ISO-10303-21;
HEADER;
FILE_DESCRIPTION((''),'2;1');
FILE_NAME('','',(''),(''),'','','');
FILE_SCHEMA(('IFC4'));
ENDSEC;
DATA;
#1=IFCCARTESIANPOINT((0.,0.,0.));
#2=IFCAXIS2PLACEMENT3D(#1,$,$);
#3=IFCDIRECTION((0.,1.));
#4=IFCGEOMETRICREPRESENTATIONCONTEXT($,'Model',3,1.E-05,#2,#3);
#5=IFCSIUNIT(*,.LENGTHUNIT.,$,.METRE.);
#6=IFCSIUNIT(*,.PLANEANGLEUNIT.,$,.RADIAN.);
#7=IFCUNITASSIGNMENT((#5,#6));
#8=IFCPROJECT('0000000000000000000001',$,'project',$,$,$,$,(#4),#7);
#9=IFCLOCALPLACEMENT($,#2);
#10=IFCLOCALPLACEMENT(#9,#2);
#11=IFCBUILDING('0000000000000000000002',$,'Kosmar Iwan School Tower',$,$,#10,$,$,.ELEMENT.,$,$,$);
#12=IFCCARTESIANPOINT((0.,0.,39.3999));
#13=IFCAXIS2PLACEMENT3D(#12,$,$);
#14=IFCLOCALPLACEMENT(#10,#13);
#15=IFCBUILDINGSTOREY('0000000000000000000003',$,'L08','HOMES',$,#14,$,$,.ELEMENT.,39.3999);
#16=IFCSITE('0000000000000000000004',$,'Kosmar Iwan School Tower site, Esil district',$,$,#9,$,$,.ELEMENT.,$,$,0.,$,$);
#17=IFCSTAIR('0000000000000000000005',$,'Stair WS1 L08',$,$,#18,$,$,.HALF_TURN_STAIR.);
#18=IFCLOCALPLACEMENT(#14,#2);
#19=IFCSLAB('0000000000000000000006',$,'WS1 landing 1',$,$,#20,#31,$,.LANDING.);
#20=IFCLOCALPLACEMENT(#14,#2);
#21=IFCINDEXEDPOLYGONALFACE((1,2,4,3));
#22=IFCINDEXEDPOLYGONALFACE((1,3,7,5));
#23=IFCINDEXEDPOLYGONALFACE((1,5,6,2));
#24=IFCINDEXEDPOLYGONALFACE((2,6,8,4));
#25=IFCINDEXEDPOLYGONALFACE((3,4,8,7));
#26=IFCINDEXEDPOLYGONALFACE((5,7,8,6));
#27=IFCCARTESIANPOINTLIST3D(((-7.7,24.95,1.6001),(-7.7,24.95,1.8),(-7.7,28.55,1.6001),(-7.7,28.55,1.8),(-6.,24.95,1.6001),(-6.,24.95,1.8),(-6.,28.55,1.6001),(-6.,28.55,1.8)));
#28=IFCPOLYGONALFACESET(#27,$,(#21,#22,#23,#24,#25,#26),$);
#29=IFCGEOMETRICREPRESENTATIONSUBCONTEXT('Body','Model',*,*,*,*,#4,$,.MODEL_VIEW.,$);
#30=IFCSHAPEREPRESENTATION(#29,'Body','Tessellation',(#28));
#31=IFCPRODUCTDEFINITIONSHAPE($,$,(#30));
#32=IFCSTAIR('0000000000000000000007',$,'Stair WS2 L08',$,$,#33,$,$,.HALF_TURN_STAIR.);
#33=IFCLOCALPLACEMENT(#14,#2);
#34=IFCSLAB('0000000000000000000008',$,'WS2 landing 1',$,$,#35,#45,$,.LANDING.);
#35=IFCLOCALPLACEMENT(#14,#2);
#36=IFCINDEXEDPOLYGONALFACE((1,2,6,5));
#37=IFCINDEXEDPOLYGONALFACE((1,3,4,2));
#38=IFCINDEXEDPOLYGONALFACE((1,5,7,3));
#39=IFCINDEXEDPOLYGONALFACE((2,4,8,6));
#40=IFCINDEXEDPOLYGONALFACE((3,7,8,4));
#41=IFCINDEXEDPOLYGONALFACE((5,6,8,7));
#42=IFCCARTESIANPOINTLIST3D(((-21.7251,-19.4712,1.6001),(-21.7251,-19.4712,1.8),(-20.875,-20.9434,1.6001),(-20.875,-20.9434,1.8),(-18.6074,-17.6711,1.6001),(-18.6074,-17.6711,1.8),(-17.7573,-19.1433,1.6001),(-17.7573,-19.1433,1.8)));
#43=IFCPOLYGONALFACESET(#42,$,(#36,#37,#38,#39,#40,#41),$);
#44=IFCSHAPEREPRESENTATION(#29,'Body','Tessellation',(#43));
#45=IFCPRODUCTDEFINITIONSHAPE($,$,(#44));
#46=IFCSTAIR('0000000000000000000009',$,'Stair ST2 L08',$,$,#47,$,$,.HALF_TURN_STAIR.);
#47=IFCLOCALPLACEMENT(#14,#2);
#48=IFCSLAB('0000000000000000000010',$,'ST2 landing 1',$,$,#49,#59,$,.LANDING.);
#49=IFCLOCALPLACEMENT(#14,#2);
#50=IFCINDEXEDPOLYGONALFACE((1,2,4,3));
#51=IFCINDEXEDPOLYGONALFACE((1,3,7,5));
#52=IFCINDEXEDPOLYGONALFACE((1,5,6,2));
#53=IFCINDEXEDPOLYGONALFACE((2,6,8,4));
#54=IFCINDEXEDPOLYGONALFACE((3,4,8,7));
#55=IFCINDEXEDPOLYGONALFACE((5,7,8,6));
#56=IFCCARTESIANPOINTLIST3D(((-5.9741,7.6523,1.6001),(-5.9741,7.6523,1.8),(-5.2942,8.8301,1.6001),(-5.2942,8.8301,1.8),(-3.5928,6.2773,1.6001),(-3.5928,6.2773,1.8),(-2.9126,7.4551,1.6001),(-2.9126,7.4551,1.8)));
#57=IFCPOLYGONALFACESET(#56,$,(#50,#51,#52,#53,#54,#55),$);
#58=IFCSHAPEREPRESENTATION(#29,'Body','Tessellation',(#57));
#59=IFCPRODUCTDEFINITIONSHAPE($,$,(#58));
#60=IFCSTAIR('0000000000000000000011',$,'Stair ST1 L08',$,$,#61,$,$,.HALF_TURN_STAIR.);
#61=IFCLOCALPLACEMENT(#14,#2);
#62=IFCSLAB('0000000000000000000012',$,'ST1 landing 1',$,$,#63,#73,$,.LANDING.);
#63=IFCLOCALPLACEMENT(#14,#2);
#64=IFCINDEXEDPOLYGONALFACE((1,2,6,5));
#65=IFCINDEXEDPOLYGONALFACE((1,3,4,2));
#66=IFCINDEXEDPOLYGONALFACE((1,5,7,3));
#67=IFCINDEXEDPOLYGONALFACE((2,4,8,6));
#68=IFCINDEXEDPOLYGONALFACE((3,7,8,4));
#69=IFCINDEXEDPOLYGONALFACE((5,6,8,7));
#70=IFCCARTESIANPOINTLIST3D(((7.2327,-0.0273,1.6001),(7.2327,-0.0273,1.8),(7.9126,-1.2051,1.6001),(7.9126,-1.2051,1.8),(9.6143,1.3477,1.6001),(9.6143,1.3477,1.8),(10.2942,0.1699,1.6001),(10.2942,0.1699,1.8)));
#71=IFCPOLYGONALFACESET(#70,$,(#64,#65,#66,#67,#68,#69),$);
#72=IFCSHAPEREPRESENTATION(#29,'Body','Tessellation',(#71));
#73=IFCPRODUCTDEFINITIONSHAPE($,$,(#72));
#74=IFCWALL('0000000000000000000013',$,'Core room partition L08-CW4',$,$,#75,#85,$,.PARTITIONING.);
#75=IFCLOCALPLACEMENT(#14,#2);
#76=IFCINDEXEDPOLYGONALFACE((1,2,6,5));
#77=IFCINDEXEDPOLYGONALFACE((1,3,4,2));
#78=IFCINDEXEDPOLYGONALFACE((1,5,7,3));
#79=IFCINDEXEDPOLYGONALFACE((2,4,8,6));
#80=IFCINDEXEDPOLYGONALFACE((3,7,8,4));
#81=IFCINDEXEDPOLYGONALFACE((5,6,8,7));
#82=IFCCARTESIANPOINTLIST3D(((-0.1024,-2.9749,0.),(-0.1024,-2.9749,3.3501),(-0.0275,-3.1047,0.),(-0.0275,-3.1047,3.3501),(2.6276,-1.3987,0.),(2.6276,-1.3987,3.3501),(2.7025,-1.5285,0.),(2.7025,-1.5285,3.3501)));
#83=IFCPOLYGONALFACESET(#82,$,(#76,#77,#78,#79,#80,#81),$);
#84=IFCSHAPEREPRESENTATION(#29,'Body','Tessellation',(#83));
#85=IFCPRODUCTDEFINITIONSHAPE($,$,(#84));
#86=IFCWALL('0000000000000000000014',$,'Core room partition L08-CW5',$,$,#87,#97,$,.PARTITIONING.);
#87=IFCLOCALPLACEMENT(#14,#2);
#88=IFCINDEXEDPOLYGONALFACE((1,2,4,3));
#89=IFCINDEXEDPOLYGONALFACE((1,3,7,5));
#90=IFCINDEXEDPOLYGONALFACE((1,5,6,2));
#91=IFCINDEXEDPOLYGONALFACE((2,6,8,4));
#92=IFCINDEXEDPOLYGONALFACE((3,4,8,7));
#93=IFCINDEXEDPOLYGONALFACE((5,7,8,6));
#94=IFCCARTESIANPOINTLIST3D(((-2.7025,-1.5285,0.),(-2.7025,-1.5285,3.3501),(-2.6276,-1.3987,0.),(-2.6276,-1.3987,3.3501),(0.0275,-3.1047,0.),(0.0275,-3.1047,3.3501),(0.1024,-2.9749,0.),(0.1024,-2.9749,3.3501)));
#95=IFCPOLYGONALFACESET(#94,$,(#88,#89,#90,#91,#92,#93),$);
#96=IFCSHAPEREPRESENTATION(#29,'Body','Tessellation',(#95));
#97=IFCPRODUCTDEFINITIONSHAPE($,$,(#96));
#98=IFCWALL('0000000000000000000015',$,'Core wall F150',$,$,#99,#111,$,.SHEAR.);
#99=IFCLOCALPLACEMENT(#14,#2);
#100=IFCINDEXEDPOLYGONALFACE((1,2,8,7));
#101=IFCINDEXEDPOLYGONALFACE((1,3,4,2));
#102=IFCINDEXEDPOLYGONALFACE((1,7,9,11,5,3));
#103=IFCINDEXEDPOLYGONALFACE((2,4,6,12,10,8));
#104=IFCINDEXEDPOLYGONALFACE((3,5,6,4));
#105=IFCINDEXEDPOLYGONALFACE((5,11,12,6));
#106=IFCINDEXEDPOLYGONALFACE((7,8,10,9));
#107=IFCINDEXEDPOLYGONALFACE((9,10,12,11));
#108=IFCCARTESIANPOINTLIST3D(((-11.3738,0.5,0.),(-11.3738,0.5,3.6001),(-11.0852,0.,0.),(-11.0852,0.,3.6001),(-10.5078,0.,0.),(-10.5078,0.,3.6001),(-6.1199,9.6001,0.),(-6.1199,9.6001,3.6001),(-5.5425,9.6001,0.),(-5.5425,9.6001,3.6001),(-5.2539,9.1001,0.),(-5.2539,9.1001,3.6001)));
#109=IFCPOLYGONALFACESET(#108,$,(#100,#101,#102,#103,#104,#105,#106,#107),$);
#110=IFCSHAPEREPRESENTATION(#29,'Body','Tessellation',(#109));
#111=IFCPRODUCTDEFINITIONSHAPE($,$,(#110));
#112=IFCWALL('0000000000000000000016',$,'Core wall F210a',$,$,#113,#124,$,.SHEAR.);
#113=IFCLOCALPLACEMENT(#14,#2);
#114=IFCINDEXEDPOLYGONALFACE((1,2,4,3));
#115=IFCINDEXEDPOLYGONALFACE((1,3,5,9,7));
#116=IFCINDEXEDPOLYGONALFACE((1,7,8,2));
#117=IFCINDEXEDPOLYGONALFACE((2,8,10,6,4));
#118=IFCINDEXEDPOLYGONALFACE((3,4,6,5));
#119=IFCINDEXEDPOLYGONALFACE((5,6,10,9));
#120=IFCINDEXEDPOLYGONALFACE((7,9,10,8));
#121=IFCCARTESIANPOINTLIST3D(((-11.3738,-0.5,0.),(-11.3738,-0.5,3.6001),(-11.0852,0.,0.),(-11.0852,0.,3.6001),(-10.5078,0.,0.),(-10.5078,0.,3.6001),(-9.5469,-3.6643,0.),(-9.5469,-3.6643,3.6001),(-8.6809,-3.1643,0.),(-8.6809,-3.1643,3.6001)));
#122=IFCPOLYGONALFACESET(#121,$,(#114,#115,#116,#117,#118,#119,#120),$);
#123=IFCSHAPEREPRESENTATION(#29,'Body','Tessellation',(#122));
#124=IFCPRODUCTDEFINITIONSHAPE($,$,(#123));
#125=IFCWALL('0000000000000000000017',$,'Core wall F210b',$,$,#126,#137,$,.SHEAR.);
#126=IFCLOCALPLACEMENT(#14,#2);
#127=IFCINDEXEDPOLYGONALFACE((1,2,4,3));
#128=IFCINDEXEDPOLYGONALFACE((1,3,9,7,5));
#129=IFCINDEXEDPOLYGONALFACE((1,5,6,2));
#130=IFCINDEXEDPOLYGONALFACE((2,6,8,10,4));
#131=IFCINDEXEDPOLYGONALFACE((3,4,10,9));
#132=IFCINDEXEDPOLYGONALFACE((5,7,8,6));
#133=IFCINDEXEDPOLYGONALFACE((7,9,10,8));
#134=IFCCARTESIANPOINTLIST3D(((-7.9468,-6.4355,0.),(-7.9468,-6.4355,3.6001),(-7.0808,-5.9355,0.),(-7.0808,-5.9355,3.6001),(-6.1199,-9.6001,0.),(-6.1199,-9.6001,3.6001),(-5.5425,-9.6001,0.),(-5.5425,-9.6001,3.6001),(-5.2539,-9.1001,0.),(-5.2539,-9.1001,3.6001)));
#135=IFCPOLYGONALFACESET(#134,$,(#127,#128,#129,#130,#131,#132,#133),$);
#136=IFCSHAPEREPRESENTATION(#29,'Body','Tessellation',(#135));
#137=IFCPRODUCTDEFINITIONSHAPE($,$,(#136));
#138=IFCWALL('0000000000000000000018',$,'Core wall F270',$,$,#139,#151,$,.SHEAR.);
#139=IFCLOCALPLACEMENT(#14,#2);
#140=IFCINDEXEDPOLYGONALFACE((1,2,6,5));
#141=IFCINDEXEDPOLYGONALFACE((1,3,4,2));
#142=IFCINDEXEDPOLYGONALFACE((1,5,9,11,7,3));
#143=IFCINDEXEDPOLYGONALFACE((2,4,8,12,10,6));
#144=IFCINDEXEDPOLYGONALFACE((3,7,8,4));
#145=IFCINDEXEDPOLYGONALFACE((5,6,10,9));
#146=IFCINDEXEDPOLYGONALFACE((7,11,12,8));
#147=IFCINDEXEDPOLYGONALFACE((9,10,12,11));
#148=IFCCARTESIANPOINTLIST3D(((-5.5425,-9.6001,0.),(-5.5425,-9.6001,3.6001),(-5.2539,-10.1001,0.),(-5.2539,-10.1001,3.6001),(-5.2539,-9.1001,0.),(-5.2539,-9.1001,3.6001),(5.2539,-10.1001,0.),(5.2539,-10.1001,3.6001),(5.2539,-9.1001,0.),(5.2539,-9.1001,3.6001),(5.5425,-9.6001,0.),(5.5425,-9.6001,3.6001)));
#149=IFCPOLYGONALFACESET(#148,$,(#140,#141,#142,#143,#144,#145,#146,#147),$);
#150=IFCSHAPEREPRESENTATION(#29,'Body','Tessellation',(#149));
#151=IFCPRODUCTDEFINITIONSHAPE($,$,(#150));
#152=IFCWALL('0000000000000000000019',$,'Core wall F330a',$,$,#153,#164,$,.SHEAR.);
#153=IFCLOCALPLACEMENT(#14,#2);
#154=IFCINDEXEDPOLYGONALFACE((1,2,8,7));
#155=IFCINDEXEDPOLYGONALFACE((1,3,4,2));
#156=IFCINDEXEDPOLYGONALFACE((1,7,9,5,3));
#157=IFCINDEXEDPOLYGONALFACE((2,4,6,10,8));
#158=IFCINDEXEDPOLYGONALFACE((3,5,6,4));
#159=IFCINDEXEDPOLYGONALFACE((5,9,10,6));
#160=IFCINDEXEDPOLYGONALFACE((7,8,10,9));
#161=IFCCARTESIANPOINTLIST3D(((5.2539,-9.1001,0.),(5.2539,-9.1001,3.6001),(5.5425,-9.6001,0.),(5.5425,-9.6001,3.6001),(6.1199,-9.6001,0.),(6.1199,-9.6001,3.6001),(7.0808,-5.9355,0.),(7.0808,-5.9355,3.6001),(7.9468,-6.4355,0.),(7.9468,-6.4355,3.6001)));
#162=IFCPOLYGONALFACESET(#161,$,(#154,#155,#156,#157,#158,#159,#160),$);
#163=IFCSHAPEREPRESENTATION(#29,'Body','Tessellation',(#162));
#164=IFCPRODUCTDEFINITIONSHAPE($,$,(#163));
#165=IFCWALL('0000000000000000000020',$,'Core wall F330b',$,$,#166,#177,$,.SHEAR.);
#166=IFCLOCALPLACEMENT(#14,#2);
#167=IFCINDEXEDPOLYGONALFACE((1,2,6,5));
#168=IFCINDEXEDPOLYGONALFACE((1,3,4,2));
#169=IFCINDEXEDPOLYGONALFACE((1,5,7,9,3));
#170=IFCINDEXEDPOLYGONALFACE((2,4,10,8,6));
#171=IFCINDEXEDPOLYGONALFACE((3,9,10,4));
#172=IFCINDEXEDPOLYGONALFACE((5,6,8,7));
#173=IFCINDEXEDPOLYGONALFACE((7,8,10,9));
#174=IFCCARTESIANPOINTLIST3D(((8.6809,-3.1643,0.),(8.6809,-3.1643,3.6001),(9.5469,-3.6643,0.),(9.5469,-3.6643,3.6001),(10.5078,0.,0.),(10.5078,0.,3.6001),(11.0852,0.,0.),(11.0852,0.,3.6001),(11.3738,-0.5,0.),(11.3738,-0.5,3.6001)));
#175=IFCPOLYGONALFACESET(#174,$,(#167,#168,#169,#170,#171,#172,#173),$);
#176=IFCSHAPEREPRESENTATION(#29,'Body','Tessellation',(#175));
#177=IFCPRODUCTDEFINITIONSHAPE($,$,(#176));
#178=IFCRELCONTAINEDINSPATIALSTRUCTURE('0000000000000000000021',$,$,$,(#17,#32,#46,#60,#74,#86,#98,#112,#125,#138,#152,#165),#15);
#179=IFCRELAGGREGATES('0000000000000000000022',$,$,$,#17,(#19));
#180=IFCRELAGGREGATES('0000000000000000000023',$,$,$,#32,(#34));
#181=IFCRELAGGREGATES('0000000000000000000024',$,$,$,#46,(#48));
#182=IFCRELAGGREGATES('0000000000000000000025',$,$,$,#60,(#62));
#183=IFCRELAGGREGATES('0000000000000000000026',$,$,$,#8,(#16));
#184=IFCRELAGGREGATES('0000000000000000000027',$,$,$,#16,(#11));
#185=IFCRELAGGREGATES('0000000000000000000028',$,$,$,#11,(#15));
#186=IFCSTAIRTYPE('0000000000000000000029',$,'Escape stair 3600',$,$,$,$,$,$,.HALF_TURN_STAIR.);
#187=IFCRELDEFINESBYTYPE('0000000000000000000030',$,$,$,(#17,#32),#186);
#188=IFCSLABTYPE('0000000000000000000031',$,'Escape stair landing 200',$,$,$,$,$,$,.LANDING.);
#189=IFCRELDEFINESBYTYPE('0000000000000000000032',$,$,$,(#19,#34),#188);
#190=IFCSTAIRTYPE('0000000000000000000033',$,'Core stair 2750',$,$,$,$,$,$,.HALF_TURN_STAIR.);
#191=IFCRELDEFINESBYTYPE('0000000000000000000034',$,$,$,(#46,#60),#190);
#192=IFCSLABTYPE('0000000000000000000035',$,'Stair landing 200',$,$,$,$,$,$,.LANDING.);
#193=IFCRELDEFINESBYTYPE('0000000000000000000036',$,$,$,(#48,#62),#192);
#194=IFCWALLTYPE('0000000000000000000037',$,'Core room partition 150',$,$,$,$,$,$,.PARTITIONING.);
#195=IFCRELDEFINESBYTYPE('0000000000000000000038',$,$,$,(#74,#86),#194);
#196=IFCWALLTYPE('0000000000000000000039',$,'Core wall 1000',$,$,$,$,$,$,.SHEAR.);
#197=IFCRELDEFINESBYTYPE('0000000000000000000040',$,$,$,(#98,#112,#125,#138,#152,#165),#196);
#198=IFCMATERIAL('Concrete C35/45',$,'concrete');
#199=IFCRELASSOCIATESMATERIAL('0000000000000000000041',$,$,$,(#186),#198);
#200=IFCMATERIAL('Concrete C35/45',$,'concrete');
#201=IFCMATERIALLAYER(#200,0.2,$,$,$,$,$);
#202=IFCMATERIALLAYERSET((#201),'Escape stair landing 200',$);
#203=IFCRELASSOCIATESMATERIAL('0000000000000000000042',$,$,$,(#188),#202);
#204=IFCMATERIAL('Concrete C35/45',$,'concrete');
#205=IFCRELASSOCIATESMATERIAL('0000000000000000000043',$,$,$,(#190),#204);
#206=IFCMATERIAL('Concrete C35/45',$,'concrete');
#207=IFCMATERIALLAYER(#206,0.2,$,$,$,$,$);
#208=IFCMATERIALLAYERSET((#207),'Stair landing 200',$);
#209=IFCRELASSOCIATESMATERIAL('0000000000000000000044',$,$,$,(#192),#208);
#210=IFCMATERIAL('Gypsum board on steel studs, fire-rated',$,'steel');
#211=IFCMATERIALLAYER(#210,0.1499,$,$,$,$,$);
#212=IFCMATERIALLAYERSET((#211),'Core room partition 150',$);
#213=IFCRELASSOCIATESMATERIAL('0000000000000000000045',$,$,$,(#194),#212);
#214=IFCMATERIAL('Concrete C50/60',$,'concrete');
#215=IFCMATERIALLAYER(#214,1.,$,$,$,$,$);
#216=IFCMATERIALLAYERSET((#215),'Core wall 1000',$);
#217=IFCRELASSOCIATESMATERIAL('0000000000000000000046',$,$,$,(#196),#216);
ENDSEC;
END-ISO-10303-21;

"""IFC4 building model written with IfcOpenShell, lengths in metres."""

from ifc_helpers import new_model, si_unit, direction, frame, frame_2d, origin, place, context, subcontext, project, spatial, polyline, rectangle, outline, extrude, material, layer, layer_set, type_object, element, aggregate, save


model = new_model("IFC4")

# Units and contexts
model_context = context("Model", 3, precision=1e-05, world=origin(), true_north=direction((0.0, 1.0)))
body_context = subcontext(model_context, "Body", "Model", "MODEL_VIEW")
ifc_project = project(units=[si_unit("LENGTHUNIT", "METRE"), si_unit("PLANEANGLEUNIT", "RADIAN")], contexts=[model_context])

# Site, building, storey
site_placement = place(None, origin())
site = spatial("IfcSite", under=ifc_project, at=site_placement, Name="Kosmar Iwan School Tower site, Esil district", CompositionType="ELEMENT", RefElevation=0.0)
building_placement = place(site_placement, origin())
building = spatial("IfcBuilding", under=site, at=building_placement, Name="Kosmar Iwan School Tower", CompositionType="ELEMENT")
storey_placement = place(building_placement, frame((0.0, 0.0, 39.3999)))
storey = spatial("IfcBuildingStorey", under=building, at=storey_placement, Name="L08", Description="HOMES", CompositionType="ELEMENT", Elevation=39.3999)

# Stairs, slabs
ifc_material_1 = material(Name="Concrete C35/45", Category="concrete")
stair_type_1 = type_object("IfcStairType", Name="Escape stair 3600", PredefinedType="HALF_TURN_STAIR", material=ifc_material_1)
stair_1_placement = place(storey_placement, origin())
stair_1 = element("IfcStair", 1, at=stair_1_placement, inside=storey, type_object=stair_type_1, Name="Stair WS1 L08", PredefinedType="HALF_TURN_STAIR")
ifc_material_2 = material(Name="Concrete C35/45", Category="concrete")
ifc_layer_1 = layer(ifc_material_2, 0.2)
ifc_layer_set_1 = layer_set([ifc_layer_1], Name="Escape stair landing 200")
slab_type_1 = type_object("IfcSlabType", Name="Escape stair landing 200", PredefinedType="LANDING", material=ifc_layer_set_1)
slab_1_placement = place(storey_placement, frame((0.0, 0.0, 1.6001)))
slab_1 = element("IfcSlab", 2, at=slab_1_placement, type_object=slab_type_1, Name="WS1 landing 1", PredefinedType="LANDING", context=body_context, shape_type="SweptSolid", body=[
    extrude(outline(polyline([(-6.0, 24.95), (-6.0, 28.55), (-7.7, 28.55), (-7.7, 24.95), (-6.0, 24.95)])), origin(), (0.0, 0.0, 1.0), 0.2),
])
aggregate(stair_1, [slab_1])
stair_2_placement = place(storey_placement, origin())
stair_2 = element("IfcStair", 3, at=stair_2_placement, inside=storey, type_object=stair_type_1, Name="Stair WS2 L08", PredefinedType="HALF_TURN_STAIR")
slab_2_placement = place(storey_placement, frame((0.0, 0.0, 1.6001)))
slab_2 = element("IfcSlab", 4, at=slab_2_placement, type_object=slab_type_1, Name="WS2 landing 1", PredefinedType="LANDING", context=body_context, shape_type="SweptSolid", body=[
    extrude(outline(polyline([(-18.6074, -17.6711), (-21.7251, -19.4712), (-20.875, -20.9434), (-17.7573, -19.1433), (-18.6074, -17.6711)])), origin(), (0.0, 0.0, 1.0), 0.2),
])
aggregate(stair_2, [slab_2])
ifc_material_3 = material(Name="Concrete C35/45", Category="concrete")
stair_type_2 = type_object("IfcStairType", Name="Core stair 2750", PredefinedType="HALF_TURN_STAIR", material=ifc_material_3)
stair_3_placement = place(storey_placement, origin())
stair_3 = element("IfcStair", 5, at=stair_3_placement, inside=storey, type_object=stair_type_2, Name="Stair ST2 L08", PredefinedType="HALF_TURN_STAIR")
ifc_material_4 = material(Name="Concrete C35/45", Category="concrete")
ifc_layer_2 = layer(ifc_material_4, 0.2)
ifc_layer_set_2 = layer_set([ifc_layer_2], Name="Stair landing 200")
slab_type_2 = type_object("IfcSlabType", Name="Stair landing 200", PredefinedType="LANDING", material=ifc_layer_set_2)
slab_3_placement = place(storey_placement, frame((0.0, 0.0, 1.6001)))
slab_3 = element("IfcSlab", 6, at=slab_3_placement, type_object=slab_type_2, Name="ST2 landing 1", PredefinedType="LANDING", context=body_context, shape_type="SweptSolid", body=[
    extrude(outline(polyline([(-2.9126, 7.4551), (-5.2942, 8.8301), (-5.9741, 7.6523), (-3.5928, 6.2773), (-2.9126, 7.4551)])), origin(), (0.0, 0.0, 1.0), 0.2),
])
aggregate(stair_3, [slab_3])
stair_4_placement = place(storey_placement, origin())
stair_4 = element("IfcStair", 7, at=stair_4_placement, inside=storey, type_object=stair_type_2, Name="Stair ST1 L08", PredefinedType="HALF_TURN_STAIR")
slab_4_placement = place(storey_placement, frame((0.0, 0.0, 1.6001)))
slab_4 = element("IfcSlab", 8, at=slab_4_placement, type_object=slab_type_2, Name="ST1 landing 1", PredefinedType="LANDING", context=body_context, shape_type="SweptSolid", body=[
    extrude(outline(polyline([(7.9126, -1.2051), (10.2942, 0.1699), (9.6143, 1.3477), (7.2327, -0.0273), (7.9126, -1.2051)])), origin(), (0.0, 0.0, 1.0), 0.2),
])
aggregate(stair_4, [slab_4])

# Walls
ifc_material_5 = material(Name="Gypsum board on steel studs, fire-rated", Category="steel")
ifc_layer_3 = layer(ifc_material_5, 0.1499)
ifc_layer_set_3 = layer_set([ifc_layer_3], Name="Core room partition 150")
wall_type_1 = type_object("IfcWallType", Name="Core room partition 150", PredefinedType="PARTITIONING", material=ifc_layer_set_3)
for number, where, z_axis, x_axis, name in (
    (9, (2.665, -1.4636, 0.0), (0.0, 0.0, 1.0), (-0.866023, -0.500004, 0.0), "Core room partition L08-CW4"),
    (10, (0.0649, -3.0398, 0.0), (0.0, 0.0, 1.0), (-0.866023, 0.500004, 0.0), "Core room partition L08-CW5"),
):
    element("IfcWall", number, at=place(storey_placement, frame(where, z_axis=z_axis, x_axis=x_axis)), inside=storey, type_object=wall_type_1, Name=name, PredefinedType="PARTITIONING", context=body_context, shape_type="SweptSolid", body=[
        extrude(rectangle(XDim=3.1523, YDim=0.1499, at=frame_2d((1.5762, 0.0))), origin(), (0.0, 0.0, 1.0), 3.3501),
    ])
ifc_material_6 = material(Name="Concrete C50/60", Category="concrete")
ifc_layer_4 = layer(ifc_material_6, 1.0)
ifc_layer_set_4 = layer_set([ifc_layer_4], Name="Core wall 1000")
wall_type_2 = type_object("IfcWallType", Name="Core wall 1000", PredefinedType="SHEAR", material=ifc_layer_set_4)
wall_1_placement = place(storey_placement, origin())
element("IfcWall", 11, at=wall_1_placement, inside=storey, type_object=wall_type_2, Name="Core wall F150", PredefinedType="SHEAR", context=body_context, shape_type="SweptSolid", body=[
    extrude(outline(polyline([(-11.0852, 0.0), (-10.5078, 0.0), (-5.2539, 9.1001), (-5.5425, 9.6001), (-6.1199, 9.6001), (-11.3738, 0.5), (-11.0852, 0.0)])), origin(), (0.0, 0.0, 1.0), 3.6001),
])
wall_2_placement = place(storey_placement, origin())
element("IfcWall", 12, at=wall_2_placement, inside=storey, type_object=wall_type_2, Name="Core wall F210a", PredefinedType="SHEAR", context=body_context, shape_type="SweptSolid", body=[
    extrude(outline(polyline([(-9.5469, -3.6643), (-8.6809, -3.1643), (-10.5078, 0.0), (-11.0852, 0.0), (-11.3738, -0.5), (-9.5469, -3.6643)])), origin(), (0.0, 0.0, 1.0), 3.6001),
])
wall_3_placement = place(storey_placement, origin())
element("IfcWall", 13, at=wall_3_placement, inside=storey, type_object=wall_type_2, Name="Core wall F210b", PredefinedType="SHEAR", context=body_context, shape_type="SweptSolid", body=[
    extrude(outline(polyline([(-6.1199, -9.6001), (-5.5425, -9.6001), (-5.2539, -9.1001), (-7.0808, -5.9355), (-7.9468, -6.4355), (-6.1199, -9.6001)])), origin(), (0.0, 0.0, 1.0), 3.6001),
])
wall_4_placement = place(storey_placement, origin())
element("IfcWall", 14, at=wall_4_placement, inside=storey, type_object=wall_type_2, Name="Core wall F270", PredefinedType="SHEAR", context=body_context, shape_type="SweptSolid", body=[
    extrude(outline(polyline([(-5.2539, -10.1001), (5.2539, -10.1001), (5.5425, -9.6001), (5.2539, -9.1001), (-5.2539, -9.1001), (-5.5425, -9.6001), (-5.2539, -10.1001)])), origin(), (0.0, 0.0, 1.0), 3.6001),
])
wall_5_placement = place(storey_placement, origin())
element("IfcWall", 15, at=wall_5_placement, inside=storey, type_object=wall_type_2, Name="Core wall F330a", PredefinedType="SHEAR", context=body_context, shape_type="SweptSolid", body=[
    extrude(outline(polyline([(5.5425, -9.6001), (6.1199, -9.6001), (7.9468, -6.4355), (7.0808, -5.9355), (5.2539, -9.1001), (5.5425, -9.6001)])), origin(), (0.0, 0.0, 1.0), 3.6001),
])
wall_6_placement = place(storey_placement, origin())
element("IfcWall", 16, at=wall_6_placement, inside=storey, type_object=wall_type_2, Name="Core wall F330b", PredefinedType="SHEAR", context=body_context, shape_type="SweptSolid", body=[
    extrude(outline(polyline([(9.5469, -3.6643), (11.3738, -0.5), (11.0852, 0.0), (10.5078, 0.0), (8.6809, -3.1643), (9.5469, -3.6643)])), origin(), (0.0, 0.0, 1.0), 3.6001),
])

save(model, "model.ifc")
